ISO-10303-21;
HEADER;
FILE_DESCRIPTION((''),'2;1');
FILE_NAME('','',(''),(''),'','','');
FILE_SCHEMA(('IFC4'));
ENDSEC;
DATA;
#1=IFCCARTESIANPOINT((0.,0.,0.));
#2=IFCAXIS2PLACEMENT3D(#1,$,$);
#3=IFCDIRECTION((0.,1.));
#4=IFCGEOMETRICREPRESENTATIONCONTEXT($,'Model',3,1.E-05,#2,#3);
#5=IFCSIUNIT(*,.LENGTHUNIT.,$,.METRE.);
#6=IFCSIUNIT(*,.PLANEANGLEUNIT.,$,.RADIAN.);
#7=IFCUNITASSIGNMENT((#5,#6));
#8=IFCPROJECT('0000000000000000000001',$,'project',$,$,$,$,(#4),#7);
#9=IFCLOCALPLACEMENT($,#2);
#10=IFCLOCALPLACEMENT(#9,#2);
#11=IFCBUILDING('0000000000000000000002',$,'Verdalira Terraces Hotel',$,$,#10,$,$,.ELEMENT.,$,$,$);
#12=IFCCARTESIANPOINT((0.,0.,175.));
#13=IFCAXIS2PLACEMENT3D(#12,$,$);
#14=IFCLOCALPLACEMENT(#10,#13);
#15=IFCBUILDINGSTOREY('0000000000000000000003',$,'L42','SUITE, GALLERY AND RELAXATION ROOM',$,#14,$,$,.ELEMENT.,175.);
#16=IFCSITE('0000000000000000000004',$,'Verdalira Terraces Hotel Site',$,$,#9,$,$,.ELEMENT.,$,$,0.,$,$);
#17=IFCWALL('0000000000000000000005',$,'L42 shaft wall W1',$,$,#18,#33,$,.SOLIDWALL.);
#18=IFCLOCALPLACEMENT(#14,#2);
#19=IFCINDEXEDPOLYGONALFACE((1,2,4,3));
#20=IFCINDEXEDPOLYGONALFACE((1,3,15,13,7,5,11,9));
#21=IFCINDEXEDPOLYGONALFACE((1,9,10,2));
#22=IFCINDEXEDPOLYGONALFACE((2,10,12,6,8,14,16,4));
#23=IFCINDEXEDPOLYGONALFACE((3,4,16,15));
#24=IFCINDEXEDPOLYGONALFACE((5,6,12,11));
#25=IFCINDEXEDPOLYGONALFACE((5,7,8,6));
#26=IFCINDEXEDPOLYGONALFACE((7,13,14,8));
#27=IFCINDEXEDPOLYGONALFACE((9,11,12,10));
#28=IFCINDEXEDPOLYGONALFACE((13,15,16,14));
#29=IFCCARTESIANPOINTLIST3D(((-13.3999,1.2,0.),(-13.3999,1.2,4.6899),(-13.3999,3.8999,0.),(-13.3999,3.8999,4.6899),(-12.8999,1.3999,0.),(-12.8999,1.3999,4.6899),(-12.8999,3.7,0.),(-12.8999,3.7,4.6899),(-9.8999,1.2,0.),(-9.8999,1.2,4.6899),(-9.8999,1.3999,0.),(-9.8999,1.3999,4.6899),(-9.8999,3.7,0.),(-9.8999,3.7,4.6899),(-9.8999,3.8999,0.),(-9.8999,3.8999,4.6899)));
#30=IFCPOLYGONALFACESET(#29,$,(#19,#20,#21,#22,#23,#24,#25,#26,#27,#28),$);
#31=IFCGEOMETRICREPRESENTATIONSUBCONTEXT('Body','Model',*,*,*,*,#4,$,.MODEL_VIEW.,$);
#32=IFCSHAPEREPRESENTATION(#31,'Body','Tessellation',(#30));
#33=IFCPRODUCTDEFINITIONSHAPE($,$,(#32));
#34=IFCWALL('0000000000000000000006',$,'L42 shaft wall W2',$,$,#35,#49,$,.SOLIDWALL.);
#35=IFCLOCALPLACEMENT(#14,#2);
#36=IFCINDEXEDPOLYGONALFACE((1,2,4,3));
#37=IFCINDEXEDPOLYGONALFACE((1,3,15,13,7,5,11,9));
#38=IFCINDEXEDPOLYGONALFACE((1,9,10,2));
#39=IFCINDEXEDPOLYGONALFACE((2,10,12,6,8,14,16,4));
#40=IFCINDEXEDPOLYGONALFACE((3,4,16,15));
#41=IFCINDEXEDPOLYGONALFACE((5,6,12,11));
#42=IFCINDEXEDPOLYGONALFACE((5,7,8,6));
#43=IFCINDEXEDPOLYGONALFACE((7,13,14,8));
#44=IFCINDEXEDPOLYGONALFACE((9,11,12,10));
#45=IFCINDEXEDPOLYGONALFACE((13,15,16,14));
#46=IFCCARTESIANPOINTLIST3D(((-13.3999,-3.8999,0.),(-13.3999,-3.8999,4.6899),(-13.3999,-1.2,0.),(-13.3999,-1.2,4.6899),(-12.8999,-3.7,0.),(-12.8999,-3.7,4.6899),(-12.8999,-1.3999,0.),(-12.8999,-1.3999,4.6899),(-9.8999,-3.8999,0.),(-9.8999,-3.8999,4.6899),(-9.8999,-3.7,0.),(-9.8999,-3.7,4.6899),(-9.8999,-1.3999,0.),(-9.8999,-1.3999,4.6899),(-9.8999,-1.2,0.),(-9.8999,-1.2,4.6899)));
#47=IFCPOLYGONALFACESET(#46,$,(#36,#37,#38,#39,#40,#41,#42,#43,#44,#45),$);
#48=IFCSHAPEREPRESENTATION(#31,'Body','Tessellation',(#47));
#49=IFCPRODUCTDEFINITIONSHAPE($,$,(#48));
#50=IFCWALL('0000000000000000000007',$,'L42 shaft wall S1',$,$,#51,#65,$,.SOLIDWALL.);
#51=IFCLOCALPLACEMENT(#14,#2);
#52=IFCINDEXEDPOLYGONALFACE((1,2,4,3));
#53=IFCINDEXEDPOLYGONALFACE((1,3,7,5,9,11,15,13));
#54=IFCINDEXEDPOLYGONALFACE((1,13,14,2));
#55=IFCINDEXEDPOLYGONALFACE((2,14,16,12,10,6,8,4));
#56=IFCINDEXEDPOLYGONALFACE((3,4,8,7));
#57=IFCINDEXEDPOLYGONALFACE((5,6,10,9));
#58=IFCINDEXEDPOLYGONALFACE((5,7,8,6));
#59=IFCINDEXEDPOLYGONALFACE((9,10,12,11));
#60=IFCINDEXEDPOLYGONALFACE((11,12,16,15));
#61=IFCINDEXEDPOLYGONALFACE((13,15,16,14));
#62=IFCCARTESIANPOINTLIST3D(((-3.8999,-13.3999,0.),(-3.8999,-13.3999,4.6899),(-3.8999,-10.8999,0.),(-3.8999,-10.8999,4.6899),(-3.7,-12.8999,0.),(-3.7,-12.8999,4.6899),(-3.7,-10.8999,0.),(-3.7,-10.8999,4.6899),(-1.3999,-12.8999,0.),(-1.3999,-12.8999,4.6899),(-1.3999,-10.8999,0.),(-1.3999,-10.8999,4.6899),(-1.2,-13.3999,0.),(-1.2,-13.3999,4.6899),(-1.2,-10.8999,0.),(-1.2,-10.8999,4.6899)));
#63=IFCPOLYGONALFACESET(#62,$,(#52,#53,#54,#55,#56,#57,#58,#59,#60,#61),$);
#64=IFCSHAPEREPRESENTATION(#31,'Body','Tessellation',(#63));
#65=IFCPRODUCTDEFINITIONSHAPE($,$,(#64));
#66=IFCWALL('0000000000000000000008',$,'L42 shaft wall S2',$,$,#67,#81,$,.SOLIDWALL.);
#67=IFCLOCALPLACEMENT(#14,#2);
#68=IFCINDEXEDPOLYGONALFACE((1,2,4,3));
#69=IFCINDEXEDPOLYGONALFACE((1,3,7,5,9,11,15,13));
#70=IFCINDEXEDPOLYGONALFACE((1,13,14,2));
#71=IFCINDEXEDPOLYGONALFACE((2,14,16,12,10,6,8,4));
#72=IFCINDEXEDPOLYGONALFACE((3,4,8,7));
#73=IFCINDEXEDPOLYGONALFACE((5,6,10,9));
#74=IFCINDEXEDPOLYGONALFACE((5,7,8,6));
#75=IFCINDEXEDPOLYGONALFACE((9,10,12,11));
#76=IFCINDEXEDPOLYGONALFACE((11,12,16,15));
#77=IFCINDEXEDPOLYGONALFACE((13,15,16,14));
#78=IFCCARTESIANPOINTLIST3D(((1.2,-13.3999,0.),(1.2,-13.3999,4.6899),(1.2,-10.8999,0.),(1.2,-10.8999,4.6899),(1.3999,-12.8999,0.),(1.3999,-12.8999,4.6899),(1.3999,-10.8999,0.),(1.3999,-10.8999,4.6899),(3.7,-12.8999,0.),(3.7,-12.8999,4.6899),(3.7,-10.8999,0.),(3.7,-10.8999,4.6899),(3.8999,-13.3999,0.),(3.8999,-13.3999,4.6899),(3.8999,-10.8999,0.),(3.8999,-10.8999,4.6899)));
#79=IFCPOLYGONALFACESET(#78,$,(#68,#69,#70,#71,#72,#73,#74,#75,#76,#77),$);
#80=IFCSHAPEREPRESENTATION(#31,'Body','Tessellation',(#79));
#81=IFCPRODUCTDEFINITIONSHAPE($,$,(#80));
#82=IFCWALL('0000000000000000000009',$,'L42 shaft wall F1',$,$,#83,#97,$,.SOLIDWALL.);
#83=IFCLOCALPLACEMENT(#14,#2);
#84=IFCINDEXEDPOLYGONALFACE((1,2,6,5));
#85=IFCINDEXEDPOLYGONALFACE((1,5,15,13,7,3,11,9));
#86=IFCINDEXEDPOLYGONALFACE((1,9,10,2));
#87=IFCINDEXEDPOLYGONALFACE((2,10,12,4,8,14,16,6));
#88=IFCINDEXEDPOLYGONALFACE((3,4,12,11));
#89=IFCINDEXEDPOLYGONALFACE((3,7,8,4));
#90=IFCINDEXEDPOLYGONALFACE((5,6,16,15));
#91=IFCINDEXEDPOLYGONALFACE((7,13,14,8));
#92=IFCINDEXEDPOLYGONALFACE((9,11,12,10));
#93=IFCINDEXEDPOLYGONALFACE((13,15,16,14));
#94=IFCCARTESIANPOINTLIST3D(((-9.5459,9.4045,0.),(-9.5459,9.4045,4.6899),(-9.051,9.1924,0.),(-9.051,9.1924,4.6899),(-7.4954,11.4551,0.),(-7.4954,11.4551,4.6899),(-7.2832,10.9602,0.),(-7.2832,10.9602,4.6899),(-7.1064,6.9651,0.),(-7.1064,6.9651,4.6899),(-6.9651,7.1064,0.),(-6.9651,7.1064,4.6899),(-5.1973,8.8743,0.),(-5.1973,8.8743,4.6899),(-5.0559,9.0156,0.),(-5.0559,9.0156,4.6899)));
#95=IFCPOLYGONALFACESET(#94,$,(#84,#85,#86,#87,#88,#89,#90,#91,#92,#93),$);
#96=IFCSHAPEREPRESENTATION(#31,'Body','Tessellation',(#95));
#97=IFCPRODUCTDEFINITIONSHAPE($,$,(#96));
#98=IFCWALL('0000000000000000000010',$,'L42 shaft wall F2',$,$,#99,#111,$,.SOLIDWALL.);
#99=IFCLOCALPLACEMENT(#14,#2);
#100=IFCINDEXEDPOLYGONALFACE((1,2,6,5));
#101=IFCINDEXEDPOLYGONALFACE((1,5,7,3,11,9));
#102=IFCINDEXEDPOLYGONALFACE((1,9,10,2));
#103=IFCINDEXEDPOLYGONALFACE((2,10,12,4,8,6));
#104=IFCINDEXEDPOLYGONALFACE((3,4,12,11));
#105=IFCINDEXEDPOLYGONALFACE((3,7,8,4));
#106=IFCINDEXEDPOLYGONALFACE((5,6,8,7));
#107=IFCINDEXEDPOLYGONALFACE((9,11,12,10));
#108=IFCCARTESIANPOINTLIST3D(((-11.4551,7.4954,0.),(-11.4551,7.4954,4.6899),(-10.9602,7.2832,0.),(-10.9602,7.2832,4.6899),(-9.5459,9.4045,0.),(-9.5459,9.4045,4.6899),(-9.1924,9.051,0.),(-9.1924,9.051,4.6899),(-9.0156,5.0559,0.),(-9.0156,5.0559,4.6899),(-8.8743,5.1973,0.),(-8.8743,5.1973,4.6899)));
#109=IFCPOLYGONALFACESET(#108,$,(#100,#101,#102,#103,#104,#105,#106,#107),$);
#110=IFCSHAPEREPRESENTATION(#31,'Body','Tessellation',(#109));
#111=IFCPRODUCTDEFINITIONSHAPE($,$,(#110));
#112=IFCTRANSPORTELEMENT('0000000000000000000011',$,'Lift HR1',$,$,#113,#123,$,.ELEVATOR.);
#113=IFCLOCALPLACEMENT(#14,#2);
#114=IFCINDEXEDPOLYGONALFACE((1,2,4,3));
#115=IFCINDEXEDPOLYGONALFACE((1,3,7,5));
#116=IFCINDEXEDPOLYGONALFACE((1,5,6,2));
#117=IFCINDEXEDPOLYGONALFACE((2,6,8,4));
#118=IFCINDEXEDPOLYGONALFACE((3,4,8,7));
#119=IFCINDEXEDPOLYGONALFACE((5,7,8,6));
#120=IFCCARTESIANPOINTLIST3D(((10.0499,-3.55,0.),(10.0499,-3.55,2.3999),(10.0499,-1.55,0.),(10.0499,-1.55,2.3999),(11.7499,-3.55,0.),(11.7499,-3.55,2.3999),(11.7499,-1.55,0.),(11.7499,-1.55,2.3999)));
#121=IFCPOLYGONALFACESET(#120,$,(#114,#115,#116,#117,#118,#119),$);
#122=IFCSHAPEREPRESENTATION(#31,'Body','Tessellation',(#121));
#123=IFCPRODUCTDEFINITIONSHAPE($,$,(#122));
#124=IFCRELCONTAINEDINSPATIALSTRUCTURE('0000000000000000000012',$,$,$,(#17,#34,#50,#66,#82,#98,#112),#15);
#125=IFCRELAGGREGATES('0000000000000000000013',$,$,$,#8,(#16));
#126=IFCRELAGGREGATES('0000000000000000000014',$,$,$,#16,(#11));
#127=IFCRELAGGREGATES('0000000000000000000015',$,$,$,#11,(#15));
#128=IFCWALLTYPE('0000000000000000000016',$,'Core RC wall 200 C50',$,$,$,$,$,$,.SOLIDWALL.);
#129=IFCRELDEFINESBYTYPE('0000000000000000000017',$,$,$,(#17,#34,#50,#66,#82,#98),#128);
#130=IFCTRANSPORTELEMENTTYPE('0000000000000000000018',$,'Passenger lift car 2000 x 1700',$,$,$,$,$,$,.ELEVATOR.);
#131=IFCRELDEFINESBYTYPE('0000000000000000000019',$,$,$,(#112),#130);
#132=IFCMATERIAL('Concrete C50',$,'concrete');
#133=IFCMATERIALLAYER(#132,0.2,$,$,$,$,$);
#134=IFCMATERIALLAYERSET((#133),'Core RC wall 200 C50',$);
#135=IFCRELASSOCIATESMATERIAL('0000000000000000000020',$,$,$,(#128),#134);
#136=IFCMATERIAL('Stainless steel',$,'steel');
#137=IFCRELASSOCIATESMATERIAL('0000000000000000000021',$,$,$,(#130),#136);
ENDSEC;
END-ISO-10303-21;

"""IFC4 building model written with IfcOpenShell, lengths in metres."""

from ifc_helpers import new_model, si_unit, direction, frame, origin, origin_2d, place, context, subcontext, project, spatial, polyline, rectangle, outline, extrude, material, layer, layer_set, type_object, element, save


model = new_model("IFC4")

# Units and contexts
model_context = context("Model", 3, precision=1e-05, world=origin(), true_north=direction((0.0, 1.0)))
body_context = subcontext(model_context, "Body", "Model", "MODEL_VIEW")
ifc_project = project(units=[si_unit("LENGTHUNIT", "METRE"), si_unit("PLANEANGLEUNIT", "RADIAN")], contexts=[model_context])

# Site, building, storey
site_placement = place(None, origin())
site = spatial("IfcSite", under=ifc_project, at=site_placement, Name="Verdalira Terraces Hotel Site", CompositionType="ELEMENT", RefElevation=0.0)
building_placement = place(site_placement, origin())
building = spatial("IfcBuilding", under=site, at=building_placement, Name="Verdalira Terraces Hotel", CompositionType="ELEMENT")
storey_placement = place(building_placement, frame((0.0, 0.0, 175.0)))
storey = spatial("IfcBuildingStorey", under=building, at=storey_placement, Name="L42", Description="SUITE, GALLERY AND RELAXATION ROOM", CompositionType="ELEMENT", Elevation=175.0)

# Shared definitions
ifc_material_1 = material(Name="Concrete C50", Category="concrete")
ifc_layer_1 = layer(ifc_material_1, 0.2)
ifc_layer_set_1 = layer_set([ifc_layer_1], Name="Core RC wall 200 C50")
wall_type_1 = type_object("IfcWallType", Name="Core RC wall 200 C50", PredefinedType="SOLIDWALL", material=ifc_layer_set_1)

# Walls
wall_1_placement = place(storey_placement, origin())
element("IfcWall", 1, at=wall_1_placement, inside=storey, type_object=wall_type_1, Name="L42 shaft wall W1", PredefinedType="SOLIDWALL", context=body_context, shape_type="SweptSolid", body=[
    extrude(outline(polyline([(-13.3999, 3.8999), (-9.8999, 3.8999), (-9.8999, 3.7), (-12.8999, 3.7), (-12.8999, 1.3999), (-9.8999, 1.3999), (-9.8999, 1.2), (-13.3999, 1.2), (-13.3999, 3.8999)])), origin(), (0.0, 0.0, 1.0), 4.6899),
])
wall_2_placement = place(storey_placement, origin())
element("IfcWall", 2, at=wall_2_placement, inside=storey, type_object=wall_type_1, Name="L42 shaft wall W2", PredefinedType="SOLIDWALL", context=body_context, shape_type="SweptSolid", body=[
    extrude(outline(polyline([(-13.3999, -3.8999), (-13.3999, -1.2), (-9.8999, -1.2), (-9.8999, -1.3999), (-12.8999, -1.3999), (-12.8999, -3.7), (-9.8999, -3.7), (-9.8999, -3.8999), (-13.3999, -3.8999)])), origin(), (0.0, 0.0, 1.0), 4.6899),
])
wall_3_placement = place(storey_placement, origin())
element("IfcWall", 3, at=wall_3_placement, inside=storey, type_object=wall_type_1, Name="L42 shaft wall S1", PredefinedType="SOLIDWALL", context=body_context, shape_type="SweptSolid", body=[
    extrude(outline(polyline([(-3.8999, -13.3999), (-3.8999, -10.8999), (-3.7, -10.8999), (-3.7, -12.8999), (-1.3999, -12.8999), (-1.3999, -10.8999), (-1.2, -10.8999), (-1.2, -13.3999), (-3.8999, -13.3999)])), origin(), (0.0, 0.0, 1.0), 4.6899),
])
wall_4_placement = place(storey_placement, origin())
element("IfcWall", 4, at=wall_4_placement, inside=storey, type_object=wall_type_1, Name="L42 shaft wall S2", PredefinedType="SOLIDWALL", context=body_context, shape_type="SweptSolid", body=[
    extrude(outline(polyline([(1.2, -10.8999), (1.3999, -10.8999), (1.3999, -12.8999), (3.7, -12.8999), (3.7, -10.8999), (3.8999, -10.8999), (3.8999, -13.3999), (1.2, -13.3999), (1.2, -10.8999)])), origin(), (0.0, 0.0, 1.0), 4.6899),
])
wall_5_placement = place(storey_placement, origin())
element("IfcWall", 5, at=wall_5_placement, inside=storey, type_object=wall_type_1, Name="L42 shaft wall F1", PredefinedType="SOLIDWALL", context=body_context, shape_type="SweptSolid", body=[
    extrude(outline(polyline([(-9.5459, 9.4045), (-7.4954, 11.4551), (-5.0559, 9.0156), (-5.1973, 8.8743), (-7.2832, 10.9602), (-9.051, 9.1924), (-6.9651, 7.1064), (-7.1064, 6.9651), (-9.5459, 9.4045)])), origin(), (0.0, 0.0, 1.0), 4.6899),
])
wall_6_placement = place(storey_placement, origin())
element("IfcWall", 6, at=wall_6_placement, inside=storey, type_object=wall_type_1, Name="L42 shaft wall F2", PredefinedType="SOLIDWALL", context=body_context, shape_type="SweptSolid", body=[
    extrude(outline(polyline([(-11.4551, 7.4954), (-9.5459, 9.4045), (-9.1924, 9.051), (-10.9602, 7.2832), (-8.8743, 5.1973), (-9.0156, 5.0559), (-11.4551, 7.4954)])), origin(), (0.0, 0.0, 1.0), 4.6899),
])

# Transport element
ifc_material_2 = material(Name="Stainless steel", Category="steel")
transport_element_type = type_object("IfcTransportElementType", Name="Passenger lift car 2000 x 1700", PredefinedType="ELEVATOR", material=ifc_material_2)
transport_element_placement = place(storey_placement, frame((10.8999, -2.55, 0.0), z_axis=(0.0, 0.0, 1.0), x_axis=(0.0, 1.0, 0.0)))
element("IfcTransportElement", 7, at=transport_element_placement, inside=storey, type_object=transport_element_type, Name="Lift HR1", PredefinedType="ELEVATOR", context=body_context, shape_type="SweptSolid", body=[
    extrude(rectangle(XDim=2.0, YDim=1.7, at=origin_2d()), origin(), (0.0, 0.0, 1.0), 2.3999),
])

save(model, "model.ifc")
